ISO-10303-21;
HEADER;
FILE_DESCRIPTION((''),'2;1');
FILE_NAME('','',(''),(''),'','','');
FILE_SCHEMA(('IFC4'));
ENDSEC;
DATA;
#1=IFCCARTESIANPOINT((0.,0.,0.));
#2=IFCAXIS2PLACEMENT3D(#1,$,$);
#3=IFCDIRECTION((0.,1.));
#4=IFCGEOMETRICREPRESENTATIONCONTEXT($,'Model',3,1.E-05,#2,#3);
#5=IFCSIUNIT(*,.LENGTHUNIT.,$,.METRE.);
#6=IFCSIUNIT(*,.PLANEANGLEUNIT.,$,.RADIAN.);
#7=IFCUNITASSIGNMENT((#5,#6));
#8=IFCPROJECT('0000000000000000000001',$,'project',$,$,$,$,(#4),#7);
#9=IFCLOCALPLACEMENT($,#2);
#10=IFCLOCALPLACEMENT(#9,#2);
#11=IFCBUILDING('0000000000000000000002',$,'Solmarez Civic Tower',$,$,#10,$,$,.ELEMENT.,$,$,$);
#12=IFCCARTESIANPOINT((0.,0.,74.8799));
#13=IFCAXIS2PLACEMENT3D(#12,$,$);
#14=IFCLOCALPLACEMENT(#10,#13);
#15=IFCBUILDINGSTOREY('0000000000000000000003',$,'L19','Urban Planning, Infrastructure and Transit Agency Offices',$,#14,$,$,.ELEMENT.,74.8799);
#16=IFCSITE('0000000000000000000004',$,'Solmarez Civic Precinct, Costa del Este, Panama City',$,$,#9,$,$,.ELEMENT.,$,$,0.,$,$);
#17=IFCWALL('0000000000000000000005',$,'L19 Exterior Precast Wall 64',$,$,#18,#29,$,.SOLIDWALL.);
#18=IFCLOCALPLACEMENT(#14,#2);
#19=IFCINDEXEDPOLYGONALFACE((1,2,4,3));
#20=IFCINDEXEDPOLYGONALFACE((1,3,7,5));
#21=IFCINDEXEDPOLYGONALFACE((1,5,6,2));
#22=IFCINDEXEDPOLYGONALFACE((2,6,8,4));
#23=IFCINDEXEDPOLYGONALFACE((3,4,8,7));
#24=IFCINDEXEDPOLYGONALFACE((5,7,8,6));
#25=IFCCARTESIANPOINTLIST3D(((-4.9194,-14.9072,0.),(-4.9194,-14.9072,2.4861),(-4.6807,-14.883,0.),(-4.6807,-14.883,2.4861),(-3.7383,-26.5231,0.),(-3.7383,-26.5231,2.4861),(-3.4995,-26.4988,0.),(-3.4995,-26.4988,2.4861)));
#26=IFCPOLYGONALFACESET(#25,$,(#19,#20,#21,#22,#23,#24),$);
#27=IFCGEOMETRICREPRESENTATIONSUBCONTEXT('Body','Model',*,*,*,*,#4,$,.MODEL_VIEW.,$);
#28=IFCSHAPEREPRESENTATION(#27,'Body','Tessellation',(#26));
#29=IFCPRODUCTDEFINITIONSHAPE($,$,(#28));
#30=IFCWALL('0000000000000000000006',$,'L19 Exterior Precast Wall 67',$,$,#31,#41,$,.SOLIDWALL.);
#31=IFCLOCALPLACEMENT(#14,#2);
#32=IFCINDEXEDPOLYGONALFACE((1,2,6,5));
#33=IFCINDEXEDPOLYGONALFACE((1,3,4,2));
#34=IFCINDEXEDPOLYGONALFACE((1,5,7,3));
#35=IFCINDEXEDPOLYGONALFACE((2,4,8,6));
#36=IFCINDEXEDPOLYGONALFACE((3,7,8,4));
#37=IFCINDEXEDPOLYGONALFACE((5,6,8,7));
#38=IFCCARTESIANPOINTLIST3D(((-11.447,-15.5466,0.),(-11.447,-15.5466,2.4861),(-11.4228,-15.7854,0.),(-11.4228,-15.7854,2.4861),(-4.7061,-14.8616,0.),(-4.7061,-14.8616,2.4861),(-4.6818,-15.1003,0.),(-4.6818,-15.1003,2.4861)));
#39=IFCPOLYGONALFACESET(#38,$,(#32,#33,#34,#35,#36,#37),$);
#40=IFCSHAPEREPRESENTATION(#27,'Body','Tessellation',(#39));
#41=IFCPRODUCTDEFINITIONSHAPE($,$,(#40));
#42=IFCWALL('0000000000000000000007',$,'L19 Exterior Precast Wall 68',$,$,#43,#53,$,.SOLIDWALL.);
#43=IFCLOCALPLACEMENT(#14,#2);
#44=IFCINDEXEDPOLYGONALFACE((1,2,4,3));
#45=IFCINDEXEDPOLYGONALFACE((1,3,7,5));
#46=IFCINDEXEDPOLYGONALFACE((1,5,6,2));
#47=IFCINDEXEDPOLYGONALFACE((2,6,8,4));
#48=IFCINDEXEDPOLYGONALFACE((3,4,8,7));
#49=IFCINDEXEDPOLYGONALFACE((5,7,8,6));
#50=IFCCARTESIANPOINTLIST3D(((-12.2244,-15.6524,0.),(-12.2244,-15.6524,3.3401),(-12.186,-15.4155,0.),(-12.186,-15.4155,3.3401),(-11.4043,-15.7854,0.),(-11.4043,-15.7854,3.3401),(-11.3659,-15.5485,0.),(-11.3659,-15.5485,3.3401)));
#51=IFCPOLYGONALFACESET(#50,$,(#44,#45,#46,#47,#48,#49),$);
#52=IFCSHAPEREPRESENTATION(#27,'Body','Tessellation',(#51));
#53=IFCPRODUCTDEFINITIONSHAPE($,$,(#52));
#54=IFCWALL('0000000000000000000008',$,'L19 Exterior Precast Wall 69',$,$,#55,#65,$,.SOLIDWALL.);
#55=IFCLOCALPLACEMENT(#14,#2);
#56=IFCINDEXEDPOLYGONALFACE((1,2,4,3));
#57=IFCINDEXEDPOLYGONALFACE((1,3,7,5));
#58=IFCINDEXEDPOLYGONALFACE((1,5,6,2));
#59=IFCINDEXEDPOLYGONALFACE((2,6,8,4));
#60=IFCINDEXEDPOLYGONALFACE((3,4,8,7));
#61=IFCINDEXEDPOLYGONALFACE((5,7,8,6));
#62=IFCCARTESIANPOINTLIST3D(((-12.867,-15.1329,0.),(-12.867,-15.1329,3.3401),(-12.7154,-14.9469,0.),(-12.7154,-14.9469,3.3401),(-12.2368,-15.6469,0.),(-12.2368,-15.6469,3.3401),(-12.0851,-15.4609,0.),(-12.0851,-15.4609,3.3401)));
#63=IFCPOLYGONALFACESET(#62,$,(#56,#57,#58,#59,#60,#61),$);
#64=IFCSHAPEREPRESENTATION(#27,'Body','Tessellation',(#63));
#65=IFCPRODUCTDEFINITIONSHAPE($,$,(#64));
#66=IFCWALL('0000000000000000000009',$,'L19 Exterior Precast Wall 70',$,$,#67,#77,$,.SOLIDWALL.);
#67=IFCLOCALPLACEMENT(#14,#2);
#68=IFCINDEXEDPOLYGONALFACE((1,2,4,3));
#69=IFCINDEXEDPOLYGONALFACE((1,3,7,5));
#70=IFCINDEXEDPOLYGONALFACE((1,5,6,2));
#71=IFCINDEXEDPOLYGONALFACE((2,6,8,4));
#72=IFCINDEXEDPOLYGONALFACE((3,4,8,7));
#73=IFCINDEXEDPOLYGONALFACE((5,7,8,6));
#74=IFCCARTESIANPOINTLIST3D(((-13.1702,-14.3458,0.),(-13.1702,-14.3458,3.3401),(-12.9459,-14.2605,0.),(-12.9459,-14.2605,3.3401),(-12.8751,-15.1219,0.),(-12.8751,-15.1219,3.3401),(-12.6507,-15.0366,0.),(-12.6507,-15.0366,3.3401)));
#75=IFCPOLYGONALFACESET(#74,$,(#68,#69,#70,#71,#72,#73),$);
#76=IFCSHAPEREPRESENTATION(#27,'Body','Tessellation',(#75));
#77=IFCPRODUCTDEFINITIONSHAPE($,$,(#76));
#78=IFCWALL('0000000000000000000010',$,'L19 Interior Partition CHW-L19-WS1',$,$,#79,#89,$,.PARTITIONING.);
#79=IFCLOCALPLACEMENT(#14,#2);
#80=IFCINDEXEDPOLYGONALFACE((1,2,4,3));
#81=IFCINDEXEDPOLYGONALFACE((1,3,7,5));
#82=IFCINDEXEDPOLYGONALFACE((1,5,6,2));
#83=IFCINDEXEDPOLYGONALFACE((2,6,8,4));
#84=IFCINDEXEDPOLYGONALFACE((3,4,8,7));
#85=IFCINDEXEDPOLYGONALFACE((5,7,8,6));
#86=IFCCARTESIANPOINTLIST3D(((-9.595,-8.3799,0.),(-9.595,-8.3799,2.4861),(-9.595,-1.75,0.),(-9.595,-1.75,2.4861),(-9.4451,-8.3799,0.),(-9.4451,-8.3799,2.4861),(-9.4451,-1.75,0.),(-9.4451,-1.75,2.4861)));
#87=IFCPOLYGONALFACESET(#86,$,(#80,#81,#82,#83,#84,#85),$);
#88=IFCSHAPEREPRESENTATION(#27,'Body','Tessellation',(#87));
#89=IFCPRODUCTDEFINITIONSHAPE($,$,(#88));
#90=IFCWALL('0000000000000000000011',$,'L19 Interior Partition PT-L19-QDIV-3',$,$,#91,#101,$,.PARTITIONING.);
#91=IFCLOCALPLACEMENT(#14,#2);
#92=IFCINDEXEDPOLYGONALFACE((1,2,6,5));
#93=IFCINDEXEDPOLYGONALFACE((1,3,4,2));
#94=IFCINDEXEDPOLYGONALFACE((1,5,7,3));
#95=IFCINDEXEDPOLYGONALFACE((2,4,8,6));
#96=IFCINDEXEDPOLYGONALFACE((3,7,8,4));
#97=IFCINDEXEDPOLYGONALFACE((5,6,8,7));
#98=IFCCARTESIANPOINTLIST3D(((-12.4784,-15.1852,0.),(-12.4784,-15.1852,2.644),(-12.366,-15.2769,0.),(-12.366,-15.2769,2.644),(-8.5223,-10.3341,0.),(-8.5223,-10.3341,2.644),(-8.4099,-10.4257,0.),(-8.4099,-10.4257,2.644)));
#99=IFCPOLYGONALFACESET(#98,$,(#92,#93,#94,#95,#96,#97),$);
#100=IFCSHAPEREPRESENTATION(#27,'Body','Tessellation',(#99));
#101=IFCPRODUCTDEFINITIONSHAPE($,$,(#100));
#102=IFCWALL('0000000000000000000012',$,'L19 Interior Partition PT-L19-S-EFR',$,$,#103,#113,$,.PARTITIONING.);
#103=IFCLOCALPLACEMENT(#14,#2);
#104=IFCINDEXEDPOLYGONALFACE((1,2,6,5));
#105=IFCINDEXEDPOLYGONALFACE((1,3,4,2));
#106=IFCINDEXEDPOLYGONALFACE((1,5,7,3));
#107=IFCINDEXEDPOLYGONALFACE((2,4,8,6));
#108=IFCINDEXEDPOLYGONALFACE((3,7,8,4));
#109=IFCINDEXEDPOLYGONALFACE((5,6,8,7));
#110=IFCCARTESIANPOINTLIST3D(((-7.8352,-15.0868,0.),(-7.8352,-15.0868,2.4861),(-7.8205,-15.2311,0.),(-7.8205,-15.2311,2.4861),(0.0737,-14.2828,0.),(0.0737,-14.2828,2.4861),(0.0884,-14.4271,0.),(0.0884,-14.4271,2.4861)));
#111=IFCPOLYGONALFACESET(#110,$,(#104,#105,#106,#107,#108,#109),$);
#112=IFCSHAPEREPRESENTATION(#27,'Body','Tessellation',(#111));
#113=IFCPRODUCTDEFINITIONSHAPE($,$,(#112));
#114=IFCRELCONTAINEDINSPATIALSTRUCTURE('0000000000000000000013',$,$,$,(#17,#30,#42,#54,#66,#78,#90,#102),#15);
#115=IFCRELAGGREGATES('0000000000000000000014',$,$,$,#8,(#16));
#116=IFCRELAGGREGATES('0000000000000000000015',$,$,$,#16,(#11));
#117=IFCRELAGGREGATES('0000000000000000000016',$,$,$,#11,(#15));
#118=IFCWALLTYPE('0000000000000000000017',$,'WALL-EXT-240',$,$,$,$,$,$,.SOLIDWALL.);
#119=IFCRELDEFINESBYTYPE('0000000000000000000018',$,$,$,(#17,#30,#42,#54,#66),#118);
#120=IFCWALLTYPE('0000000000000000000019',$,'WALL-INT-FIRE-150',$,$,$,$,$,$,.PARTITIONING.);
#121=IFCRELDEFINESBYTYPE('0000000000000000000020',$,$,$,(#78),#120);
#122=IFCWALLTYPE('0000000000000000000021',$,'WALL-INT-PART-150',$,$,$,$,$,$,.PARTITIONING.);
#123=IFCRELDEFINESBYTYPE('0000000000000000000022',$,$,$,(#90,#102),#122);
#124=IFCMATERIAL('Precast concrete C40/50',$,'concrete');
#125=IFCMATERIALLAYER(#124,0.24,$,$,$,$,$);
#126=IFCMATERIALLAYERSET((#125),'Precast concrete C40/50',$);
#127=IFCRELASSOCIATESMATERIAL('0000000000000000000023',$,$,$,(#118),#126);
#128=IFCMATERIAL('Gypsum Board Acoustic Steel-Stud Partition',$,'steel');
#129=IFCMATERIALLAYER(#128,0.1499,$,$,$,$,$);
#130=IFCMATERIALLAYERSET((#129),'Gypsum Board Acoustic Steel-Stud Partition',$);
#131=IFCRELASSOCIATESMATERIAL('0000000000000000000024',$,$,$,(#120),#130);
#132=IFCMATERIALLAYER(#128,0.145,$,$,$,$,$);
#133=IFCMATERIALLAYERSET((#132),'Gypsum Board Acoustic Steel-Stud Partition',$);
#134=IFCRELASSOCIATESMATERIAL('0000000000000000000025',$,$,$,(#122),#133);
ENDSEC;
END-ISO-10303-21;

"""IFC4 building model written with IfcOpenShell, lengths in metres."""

from ifc_helpers import new_model, si_unit, direction, frame, frame_2d, origin, place, context, subcontext, project, spatial, rectangle, extrude, material, layer, layer_set, type_object, element, save


model = new_model("IFC4")

# Units and contexts
model_context = context("Model", 3, precision=1e-05, world=origin(), true_north=direction((0.0, 1.0)))
body_context = subcontext(model_context, "Body", "Model", "MODEL_VIEW")
ifc_project = project(units=[si_unit("LENGTHUNIT", "METRE"), si_unit("PLANEANGLEUNIT", "RADIAN")], contexts=[model_context])

# Site, building, storey
site_placement = place(None, origin())
site = spatial("IfcSite", under=ifc_project, at=site_placement, Name="Solmarez Civic Precinct, Costa del Este, Panama City", CompositionType="ELEMENT", RefElevation=0.0)
building_placement = place(site_placement, origin())
building = spatial("IfcBuilding", under=site, at=building_placement, Name="Solmarez Civic Tower", CompositionType="ELEMENT")
storey_placement = place(building_placement, frame((0.0, 0.0, 74.8799)))
storey = spatial("IfcBuildingStorey", under=building, at=storey_placement, Name="L19", Description="Urban Planning, Infrastructure and Transit Agency Offices", CompositionType="ELEMENT", Elevation=74.8799)

# Walls
ifc_material_1 = material(Name="Precast concrete C40/50", Category="concrete")
ifc_layer_1 = layer(ifc_material_1, 0.24)
ifc_layer_set_1 = layer_set([ifc_layer_1], Name="Precast concrete C40/50")
wall_type_1 = type_object("IfcWallType", Name="WALL-EXT-240", PredefinedType="SOLIDWALL", material=ifc_layer_set_1)
wall_1_placement = place(storey_placement, frame((-3.6189, -26.511, 0.0), z_axis=(0.0, 0.0, 1.0), x_axis=(-0.101162, 0.99487, 0.0)))
element("IfcWall", 1, at=wall_1_placement, inside=storey, type_object=wall_type_1, Name="L19 Exterior Precast Wall 64", PredefinedType="SOLIDWALL", context=body_context, shape_type="SweptSolid", body=[
    extrude(rectangle(XDim=11.6758, YDim=0.24, at=frame_2d((5.8379, 0.0))), origin(), (0.0, 0.0, 1.0), 2.4861),
])
wall_2_placement = place(storey_placement, frame((-4.6941, -14.981, 0.0), z_axis=(0.0, 0.0, 1.0), x_axis=(-0.994876, -0.101105, 0.0)))
element("IfcWall", 2, at=wall_2_placement, inside=storey, type_object=wall_type_1, Name="L19 Exterior Precast Wall 67", PredefinedType="SOLIDWALL", context=body_context, shape_type="SweptSolid", body=[
    extrude(rectangle(XDim=6.7756, YDim=0.24, at=frame_2d((3.3877, 0.0))), origin(), (0.0, 0.0, 1.0), 2.4861),
])
wall_3_placement = place(storey_placement, frame((-11.385, -15.667, 0.0), z_axis=(0.0, 0.0, 1.0), x_axis=(-0.987092, 0.160156, 0.0)))
element("IfcWall", 3, at=wall_3_placement, inside=storey, type_object=wall_type_1, Name="L19 Exterior Precast Wall 68", PredefinedType="SOLIDWALL", context=body_context, shape_type="SweptSolid", body=[
    extrude(rectangle(XDim=0.8308, YDim=0.24, at=frame_2d((0.4155, 0.0))), origin(), (0.0, 0.0, 1.0), 3.3401),
])
wall_4_placement = place(storey_placement, frame((-12.1609, -15.554, 0.0), z_axis=(0.0, 0.0, 1.0), x_axis=(-0.774946, 0.632027, 0.0)))
element("IfcWall", 4, at=wall_4_placement, inside=storey, type_object=wall_type_1, Name="L19 Exterior Precast Wall 69", PredefinedType="SOLIDWALL", context=body_context, shape_type="SweptSolid", body=[
    extrude(rectangle(XDim=0.8132, YDim=0.24, at=frame_2d((0.4067, 0.0))), origin(), (0.0, 0.0, 1.0), 3.3401),
])
wall_5_placement = place(storey_placement, frame((-12.7629, -15.0791, 0.0), z_axis=(0.0, 0.0, 1.0), x_axis=(-0.35547, 0.934688, 0.0)))
element("IfcWall", 5, at=wall_5_placement, inside=storey, type_object=wall_type_1, Name="L19 Exterior Precast Wall 70", PredefinedType="SOLIDWALL", context=body_context, shape_type="SweptSolid", body=[
    extrude(rectangle(XDim=0.8303, YDim=0.24, at=frame_2d((0.415, 0.0))), origin(), (0.0, 0.0, 1.0), 3.3401),
])
ifc_material_2 = material(Name="Gypsum Board Acoustic Steel-Stud Partition", Category="steel")
ifc_layer_2 = layer(ifc_material_2, 0.1499)
ifc_layer_set_2 = layer_set([ifc_layer_2], Name="Gypsum Board Acoustic Steel-Stud Partition")
wall_type_2 = type_object("IfcWallType", Name="WALL-INT-FIRE-150", PredefinedType="PARTITIONING", material=ifc_layer_set_2)
wall_6_placement = place(storey_placement, frame((-9.52, -8.3799, 0.0), z_axis=(0.0, 0.0, 1.0), x_axis=(0.0, 1.0, 0.0)))
element("IfcWall", 6, at=wall_6_placement, inside=storey, type_object=wall_type_2, Name="L19 Interior Partition CHW-L19-WS1", PredefinedType="PARTITIONING", context=body_context, shape_type="SweptSolid", body=[
    extrude(rectangle(XDim=6.6299, YDim=0.1499, at=frame_2d((3.3149, 0.0))), origin(), (0.0, 0.0, 1.0), 2.4861),
])
ifc_layer_3 = layer(ifc_material_2, 0.145)
ifc_layer_set_3 = layer_set([ifc_layer_3], Name="Gypsum Board Acoustic Steel-Stud Partition")
wall_type_3 = type_object("IfcWallType", Name="WALL-INT-PART-150", PredefinedType="PARTITIONING", material=ifc_layer_set_3)
wall_7_placement = place(storey_placement, frame((-8.4661, -10.3799, 0.0), z_axis=(0.0, 0.0, 1.0), x_axis=(-0.631992, -0.774975, 0.0)))
element("IfcWall", 7, at=wall_7_placement, inside=storey, type_object=wall_type_3, Name="L19 Interior Partition PT-L19-QDIV-3", PredefinedType="PARTITIONING", context=body_context, shape_type="SweptSolid", body=[
    extrude(rectangle(XDim=6.2598, YDim=0.145, at=frame_2d((3.1299, 0.0))), origin(), (0.0, 0.0, 1.0), 2.644),
])
wall_8_placement = place(storey_placement, frame((-7.8279, -15.1589, 0.0), z_axis=(0.0, 0.0, 1.0), x_axis=(0.994873, 0.10113, 0.0)))
element("IfcWall", 8, at=wall_8_placement, inside=storey, type_object=wall_type_3, Name="L19 Interior Partition PT-L19-S-EFR", PredefinedType="PARTITIONING", context=body_context, shape_type="SweptSolid", body=[
    extrude(rectangle(XDim=7.9497, YDim=0.145, at=frame_2d((3.9749, 0.0))), origin(), (0.0, 0.0, 1.0), 2.4861),
])

save(model, "model.ifc")
